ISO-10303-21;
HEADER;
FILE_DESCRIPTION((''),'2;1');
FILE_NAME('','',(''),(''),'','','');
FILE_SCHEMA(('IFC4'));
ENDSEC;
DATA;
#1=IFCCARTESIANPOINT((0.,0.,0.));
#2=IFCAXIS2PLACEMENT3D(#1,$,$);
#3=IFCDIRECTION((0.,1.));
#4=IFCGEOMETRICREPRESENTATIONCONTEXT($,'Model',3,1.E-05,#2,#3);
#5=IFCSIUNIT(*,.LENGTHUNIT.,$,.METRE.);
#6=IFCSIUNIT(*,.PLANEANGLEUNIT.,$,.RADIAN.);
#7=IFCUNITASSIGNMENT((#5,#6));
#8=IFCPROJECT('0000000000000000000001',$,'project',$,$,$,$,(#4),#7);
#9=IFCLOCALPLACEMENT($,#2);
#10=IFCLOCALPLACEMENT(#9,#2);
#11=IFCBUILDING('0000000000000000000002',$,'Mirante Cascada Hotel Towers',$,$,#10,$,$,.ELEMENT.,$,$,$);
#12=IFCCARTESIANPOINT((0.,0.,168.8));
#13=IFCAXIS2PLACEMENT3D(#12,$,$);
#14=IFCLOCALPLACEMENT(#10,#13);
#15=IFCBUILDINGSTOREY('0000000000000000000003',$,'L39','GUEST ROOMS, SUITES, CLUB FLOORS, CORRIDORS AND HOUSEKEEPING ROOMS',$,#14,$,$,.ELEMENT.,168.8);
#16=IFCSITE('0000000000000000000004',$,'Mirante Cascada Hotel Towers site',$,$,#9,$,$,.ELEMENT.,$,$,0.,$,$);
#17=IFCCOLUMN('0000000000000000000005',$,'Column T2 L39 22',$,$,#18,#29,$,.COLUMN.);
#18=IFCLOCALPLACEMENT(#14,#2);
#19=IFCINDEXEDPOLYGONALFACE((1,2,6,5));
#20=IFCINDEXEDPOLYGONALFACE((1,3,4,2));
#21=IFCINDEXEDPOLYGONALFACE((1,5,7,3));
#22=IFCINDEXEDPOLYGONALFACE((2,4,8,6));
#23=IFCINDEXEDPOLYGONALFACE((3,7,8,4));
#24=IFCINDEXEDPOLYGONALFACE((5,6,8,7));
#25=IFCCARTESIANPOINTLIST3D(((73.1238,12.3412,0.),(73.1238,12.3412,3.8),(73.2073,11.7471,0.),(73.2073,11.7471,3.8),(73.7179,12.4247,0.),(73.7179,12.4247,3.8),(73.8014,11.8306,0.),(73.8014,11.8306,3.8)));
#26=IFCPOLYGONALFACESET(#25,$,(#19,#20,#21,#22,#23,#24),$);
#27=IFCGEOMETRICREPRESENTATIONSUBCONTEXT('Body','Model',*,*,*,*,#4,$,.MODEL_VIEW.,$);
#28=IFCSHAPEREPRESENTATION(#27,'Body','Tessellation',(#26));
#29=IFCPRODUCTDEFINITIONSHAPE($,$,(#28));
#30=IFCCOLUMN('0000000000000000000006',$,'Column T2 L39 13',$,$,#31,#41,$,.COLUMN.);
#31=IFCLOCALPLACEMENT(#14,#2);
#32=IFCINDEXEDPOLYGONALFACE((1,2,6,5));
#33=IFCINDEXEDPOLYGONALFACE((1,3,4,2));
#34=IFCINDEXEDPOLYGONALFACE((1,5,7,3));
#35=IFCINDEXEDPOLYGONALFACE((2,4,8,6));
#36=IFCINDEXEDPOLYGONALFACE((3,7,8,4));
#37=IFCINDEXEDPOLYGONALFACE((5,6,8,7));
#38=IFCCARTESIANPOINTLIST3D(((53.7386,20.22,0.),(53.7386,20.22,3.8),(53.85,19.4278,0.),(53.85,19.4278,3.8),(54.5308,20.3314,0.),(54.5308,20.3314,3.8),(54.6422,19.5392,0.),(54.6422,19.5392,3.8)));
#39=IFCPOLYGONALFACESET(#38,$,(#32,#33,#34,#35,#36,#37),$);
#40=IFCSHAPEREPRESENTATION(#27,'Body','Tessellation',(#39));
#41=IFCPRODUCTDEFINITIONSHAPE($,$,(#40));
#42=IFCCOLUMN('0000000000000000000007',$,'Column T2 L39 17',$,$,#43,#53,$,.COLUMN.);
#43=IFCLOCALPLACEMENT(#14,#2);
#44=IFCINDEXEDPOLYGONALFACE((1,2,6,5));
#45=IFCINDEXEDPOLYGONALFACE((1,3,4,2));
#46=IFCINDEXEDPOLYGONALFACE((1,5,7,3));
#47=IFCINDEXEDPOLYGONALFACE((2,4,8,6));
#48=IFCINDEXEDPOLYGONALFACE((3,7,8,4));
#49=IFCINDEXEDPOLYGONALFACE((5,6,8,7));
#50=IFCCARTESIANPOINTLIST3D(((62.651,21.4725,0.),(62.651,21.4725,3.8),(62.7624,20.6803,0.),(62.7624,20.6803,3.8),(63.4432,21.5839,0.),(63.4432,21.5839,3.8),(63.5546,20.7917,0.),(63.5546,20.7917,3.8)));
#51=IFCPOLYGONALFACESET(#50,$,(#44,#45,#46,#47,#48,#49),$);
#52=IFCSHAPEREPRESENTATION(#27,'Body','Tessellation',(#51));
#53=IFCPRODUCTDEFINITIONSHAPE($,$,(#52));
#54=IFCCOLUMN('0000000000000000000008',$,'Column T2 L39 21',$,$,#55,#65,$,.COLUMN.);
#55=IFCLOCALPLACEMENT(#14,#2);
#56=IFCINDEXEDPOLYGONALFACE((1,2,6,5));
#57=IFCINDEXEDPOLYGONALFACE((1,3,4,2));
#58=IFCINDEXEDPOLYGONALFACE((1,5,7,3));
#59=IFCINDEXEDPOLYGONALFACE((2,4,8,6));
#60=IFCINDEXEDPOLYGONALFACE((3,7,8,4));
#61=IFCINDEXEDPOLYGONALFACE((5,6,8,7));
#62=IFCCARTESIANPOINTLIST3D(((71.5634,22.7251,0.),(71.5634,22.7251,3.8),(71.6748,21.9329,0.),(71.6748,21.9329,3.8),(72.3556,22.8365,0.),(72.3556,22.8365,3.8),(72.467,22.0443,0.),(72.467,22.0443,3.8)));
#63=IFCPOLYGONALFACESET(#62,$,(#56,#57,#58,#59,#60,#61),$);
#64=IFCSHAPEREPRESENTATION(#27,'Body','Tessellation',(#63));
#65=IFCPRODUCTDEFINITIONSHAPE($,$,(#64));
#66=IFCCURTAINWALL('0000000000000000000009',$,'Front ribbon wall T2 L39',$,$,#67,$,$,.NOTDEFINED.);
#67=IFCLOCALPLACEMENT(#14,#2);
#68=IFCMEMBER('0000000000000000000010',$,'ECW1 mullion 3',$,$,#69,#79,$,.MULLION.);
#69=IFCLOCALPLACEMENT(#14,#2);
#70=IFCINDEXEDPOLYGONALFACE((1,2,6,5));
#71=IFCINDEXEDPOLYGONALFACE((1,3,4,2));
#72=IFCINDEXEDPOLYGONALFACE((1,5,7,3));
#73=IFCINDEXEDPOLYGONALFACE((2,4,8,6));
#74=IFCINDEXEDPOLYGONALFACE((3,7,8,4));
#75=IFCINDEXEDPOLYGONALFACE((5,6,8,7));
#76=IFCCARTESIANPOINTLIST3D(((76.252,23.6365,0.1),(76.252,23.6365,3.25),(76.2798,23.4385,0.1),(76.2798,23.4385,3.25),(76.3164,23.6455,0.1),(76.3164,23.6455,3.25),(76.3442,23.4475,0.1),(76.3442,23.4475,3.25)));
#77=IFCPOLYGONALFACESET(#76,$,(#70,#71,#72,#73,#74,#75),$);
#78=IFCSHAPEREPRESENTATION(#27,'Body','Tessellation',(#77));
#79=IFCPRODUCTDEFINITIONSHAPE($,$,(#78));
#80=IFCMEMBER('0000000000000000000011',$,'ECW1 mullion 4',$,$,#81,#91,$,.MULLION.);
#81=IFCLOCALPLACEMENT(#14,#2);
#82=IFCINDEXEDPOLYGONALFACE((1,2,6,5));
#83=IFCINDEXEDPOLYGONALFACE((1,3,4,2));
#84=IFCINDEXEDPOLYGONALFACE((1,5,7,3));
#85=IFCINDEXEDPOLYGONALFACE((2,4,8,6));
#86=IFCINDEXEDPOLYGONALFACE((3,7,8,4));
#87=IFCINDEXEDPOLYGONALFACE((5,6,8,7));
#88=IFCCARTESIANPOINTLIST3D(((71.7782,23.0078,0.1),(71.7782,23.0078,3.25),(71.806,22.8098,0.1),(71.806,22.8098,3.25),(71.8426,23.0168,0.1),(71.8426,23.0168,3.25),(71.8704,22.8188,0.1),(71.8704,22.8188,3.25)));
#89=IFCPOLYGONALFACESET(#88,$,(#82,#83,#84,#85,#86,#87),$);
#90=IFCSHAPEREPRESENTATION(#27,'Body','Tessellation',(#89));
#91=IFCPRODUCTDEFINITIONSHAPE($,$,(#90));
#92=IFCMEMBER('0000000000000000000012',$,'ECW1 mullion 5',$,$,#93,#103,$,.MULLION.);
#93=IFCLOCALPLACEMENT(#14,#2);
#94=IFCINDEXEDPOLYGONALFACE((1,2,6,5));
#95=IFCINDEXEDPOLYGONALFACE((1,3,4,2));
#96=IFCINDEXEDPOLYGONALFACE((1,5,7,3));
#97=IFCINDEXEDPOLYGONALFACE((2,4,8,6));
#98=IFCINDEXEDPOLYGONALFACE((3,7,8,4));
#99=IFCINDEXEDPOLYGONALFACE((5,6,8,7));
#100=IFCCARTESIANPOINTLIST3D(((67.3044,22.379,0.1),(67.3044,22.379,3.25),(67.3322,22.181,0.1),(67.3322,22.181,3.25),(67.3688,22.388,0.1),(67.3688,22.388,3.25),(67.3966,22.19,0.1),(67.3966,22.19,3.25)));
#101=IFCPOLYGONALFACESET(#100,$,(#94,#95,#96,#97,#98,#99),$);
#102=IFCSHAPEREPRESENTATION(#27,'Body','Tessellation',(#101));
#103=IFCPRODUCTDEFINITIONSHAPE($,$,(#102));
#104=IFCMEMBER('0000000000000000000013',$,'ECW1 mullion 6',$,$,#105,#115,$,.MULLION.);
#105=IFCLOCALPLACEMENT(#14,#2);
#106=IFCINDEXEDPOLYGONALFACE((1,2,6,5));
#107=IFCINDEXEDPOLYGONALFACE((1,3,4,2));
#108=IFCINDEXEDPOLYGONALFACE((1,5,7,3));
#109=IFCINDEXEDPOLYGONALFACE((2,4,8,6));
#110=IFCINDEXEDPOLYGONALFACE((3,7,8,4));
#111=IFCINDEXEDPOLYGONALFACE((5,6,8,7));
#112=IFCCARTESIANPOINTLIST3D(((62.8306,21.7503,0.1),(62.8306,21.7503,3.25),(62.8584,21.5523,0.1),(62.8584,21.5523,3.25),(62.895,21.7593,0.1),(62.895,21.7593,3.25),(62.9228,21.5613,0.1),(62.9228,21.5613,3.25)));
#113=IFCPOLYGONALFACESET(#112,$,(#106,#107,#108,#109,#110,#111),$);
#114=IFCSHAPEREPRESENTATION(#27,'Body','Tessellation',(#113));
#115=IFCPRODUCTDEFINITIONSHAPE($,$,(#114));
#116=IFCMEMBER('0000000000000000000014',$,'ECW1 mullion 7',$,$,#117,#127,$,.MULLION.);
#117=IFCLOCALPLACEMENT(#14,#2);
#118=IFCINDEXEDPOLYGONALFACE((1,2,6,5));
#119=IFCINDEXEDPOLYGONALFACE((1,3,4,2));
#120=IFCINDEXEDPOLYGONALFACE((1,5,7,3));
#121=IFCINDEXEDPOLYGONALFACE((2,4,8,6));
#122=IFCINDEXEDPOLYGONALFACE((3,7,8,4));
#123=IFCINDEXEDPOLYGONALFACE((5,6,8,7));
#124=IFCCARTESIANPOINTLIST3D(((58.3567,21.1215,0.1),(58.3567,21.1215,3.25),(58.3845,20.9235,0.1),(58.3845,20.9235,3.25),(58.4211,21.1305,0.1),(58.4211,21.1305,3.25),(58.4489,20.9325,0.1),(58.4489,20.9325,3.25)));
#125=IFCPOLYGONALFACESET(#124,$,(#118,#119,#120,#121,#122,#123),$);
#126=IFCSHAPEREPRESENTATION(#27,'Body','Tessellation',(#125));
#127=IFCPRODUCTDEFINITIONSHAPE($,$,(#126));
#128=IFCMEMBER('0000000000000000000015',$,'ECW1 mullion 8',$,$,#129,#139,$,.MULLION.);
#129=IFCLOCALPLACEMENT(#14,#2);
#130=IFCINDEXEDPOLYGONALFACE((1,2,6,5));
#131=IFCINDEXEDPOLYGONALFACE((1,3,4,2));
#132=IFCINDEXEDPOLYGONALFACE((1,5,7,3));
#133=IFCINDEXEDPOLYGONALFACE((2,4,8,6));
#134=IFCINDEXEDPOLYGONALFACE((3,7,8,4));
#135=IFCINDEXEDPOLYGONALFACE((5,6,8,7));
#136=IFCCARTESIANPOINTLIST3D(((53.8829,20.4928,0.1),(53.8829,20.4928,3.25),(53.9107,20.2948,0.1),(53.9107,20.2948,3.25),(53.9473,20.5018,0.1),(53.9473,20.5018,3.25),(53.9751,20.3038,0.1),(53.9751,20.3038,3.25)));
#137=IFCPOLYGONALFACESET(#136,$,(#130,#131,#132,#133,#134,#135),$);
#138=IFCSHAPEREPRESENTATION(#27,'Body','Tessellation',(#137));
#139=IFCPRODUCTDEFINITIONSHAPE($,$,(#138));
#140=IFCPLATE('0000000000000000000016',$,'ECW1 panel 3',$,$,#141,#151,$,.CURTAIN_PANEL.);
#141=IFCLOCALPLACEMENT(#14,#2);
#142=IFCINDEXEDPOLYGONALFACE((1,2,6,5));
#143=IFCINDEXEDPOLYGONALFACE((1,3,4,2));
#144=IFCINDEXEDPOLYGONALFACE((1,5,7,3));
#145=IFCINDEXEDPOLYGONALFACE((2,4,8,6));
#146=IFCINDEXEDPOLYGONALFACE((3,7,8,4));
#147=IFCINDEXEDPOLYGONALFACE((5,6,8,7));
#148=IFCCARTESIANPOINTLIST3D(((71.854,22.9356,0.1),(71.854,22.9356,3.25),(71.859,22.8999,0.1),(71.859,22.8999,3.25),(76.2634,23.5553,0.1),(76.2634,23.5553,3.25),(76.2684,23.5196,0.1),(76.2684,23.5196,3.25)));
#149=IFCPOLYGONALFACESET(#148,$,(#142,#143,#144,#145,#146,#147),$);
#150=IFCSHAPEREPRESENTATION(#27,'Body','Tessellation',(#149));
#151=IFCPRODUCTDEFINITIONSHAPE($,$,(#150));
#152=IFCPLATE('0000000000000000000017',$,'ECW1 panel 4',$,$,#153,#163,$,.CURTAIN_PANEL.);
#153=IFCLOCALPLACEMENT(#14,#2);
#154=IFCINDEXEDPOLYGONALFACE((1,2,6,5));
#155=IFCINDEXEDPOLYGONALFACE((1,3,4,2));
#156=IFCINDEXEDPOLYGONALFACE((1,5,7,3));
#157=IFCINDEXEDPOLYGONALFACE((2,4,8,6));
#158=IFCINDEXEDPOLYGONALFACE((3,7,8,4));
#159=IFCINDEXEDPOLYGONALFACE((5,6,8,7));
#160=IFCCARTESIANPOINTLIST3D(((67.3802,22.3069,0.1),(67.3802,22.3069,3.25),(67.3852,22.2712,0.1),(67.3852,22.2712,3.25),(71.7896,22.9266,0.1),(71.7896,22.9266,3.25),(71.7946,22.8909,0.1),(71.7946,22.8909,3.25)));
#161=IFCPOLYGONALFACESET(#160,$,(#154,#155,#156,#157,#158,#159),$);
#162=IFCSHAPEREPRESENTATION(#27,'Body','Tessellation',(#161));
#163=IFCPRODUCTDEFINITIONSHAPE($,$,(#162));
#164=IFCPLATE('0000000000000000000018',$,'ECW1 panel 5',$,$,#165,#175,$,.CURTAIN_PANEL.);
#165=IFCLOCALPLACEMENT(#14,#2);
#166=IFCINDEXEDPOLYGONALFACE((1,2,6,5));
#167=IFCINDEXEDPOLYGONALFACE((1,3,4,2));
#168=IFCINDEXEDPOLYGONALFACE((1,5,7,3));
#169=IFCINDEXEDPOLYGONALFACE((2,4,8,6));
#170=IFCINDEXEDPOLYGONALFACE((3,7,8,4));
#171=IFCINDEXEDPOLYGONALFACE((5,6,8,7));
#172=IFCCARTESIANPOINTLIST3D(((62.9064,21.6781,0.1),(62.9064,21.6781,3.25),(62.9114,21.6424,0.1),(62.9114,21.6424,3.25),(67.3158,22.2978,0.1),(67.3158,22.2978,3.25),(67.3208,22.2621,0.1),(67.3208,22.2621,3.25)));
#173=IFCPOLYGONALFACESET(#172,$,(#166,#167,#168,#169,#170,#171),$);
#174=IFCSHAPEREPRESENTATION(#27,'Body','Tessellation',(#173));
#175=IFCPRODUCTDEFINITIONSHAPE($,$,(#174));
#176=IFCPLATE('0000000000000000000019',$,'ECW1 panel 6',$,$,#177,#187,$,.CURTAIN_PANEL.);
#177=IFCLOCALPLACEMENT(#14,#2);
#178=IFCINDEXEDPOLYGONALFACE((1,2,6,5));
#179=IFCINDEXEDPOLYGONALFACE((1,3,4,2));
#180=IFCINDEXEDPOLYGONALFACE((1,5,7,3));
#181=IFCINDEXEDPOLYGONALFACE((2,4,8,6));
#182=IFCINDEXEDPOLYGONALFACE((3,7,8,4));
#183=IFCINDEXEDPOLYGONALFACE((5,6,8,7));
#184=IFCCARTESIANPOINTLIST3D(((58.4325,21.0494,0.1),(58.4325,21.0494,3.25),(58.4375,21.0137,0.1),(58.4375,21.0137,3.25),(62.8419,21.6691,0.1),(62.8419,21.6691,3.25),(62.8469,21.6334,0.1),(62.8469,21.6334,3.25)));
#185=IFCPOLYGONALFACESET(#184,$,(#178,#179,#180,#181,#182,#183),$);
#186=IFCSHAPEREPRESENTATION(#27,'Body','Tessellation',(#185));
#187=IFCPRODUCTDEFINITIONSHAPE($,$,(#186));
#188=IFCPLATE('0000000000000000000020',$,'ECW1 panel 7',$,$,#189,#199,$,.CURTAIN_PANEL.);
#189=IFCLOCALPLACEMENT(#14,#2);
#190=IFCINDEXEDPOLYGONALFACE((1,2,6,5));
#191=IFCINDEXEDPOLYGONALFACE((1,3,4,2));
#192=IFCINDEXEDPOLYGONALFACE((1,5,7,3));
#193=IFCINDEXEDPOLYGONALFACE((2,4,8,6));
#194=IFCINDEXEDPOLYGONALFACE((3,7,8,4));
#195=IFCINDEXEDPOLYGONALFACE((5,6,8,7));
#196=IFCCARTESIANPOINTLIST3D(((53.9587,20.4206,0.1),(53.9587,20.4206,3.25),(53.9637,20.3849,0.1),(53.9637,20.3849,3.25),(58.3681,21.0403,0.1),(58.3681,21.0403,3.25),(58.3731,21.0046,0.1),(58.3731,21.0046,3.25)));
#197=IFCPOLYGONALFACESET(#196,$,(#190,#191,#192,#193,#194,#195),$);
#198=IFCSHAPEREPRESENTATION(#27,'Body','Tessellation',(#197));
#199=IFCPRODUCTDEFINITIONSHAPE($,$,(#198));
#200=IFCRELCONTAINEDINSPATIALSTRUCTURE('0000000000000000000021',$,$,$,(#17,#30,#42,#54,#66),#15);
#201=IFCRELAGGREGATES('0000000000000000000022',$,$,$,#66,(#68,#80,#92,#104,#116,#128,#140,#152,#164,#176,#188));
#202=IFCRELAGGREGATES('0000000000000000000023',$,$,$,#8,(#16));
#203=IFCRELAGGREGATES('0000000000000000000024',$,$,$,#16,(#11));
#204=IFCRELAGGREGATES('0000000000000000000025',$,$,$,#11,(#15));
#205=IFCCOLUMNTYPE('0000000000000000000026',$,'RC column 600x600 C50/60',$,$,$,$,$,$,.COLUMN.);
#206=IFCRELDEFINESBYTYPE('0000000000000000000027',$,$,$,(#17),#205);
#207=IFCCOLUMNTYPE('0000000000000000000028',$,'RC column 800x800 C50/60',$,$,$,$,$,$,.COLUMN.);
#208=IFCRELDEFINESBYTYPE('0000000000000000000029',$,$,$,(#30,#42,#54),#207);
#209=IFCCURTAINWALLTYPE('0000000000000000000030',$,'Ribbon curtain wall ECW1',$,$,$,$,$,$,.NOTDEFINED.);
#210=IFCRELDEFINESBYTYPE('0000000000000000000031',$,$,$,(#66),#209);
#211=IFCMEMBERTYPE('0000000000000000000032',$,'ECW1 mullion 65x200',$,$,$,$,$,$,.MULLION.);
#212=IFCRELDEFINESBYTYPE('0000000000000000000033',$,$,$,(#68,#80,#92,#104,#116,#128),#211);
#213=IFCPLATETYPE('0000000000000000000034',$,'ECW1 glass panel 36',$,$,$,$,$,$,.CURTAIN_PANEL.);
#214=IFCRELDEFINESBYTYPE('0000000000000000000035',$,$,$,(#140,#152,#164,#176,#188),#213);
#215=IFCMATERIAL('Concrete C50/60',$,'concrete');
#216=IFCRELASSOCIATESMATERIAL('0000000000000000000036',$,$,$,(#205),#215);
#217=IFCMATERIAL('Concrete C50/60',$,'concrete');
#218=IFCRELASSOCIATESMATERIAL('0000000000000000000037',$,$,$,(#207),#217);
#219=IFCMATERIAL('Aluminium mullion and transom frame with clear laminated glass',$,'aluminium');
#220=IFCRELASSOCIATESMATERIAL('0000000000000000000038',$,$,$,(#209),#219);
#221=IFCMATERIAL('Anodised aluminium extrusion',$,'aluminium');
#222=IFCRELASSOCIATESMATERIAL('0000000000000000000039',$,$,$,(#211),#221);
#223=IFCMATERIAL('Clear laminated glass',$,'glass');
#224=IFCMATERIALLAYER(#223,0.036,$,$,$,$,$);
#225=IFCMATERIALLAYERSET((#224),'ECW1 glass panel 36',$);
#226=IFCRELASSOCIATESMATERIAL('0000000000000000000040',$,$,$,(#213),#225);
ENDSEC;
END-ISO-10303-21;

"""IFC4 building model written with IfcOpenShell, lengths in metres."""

from ifc_helpers import new_model, si_unit, direction, frame, origin, origin_2d, place, context, subcontext, project, spatial, rectangle, extrude, material, layer, layer_set, material_profile, profile_set, type_object, element, aggregate, save


model = new_model("IFC4")

# Units and contexts
model_context = context("Model", 3, precision=1e-05, world=origin(), true_north=direction((0.0, 1.0)))
body_context = subcontext(model_context, "Body", "Model", "MODEL_VIEW")
ifc_project = project(units=[si_unit("LENGTHUNIT", "METRE"), si_unit("PLANEANGLEUNIT", "RADIAN")], contexts=[model_context])

# Site, building, storey
site_placement = place(None, origin())
site = spatial("IfcSite", under=ifc_project, at=site_placement, Name="Mirante Cascada Hotel Towers site", CompositionType="ELEMENT", RefElevation=0.0)
building_placement = place(site_placement, origin())
building = spatial("IfcBuilding", under=site, at=building_placement, Name="Mirante Cascada Hotel Towers", CompositionType="ELEMENT")
storey_placement = place(building_placement, frame((0.0, 0.0, 168.8)))
storey = spatial("IfcBuildingStorey", under=building, at=storey_placement, Name="L39", Description="GUEST ROOMS, SUITES, CLUB FLOORS, CORRIDORS AND HOUSEKEEPING ROOMS", CompositionType="ELEMENT", Elevation=168.8)

# Columns
ifc_material_1 = material(Name="Concrete C50/60", Category="concrete")
ifc_material_profile_1 = material_profile(ifc_material_1, rectangle(XDim=0.6, YDim=0.6, at=origin_2d()), Name="RC column 600x600 C50/60")
ifc_profile_set_1 = profile_set([ifc_material_profile_1], Name="Concrete C50/60")
column_type_1 = type_object("IfcColumnType", Name="RC column 600x600 C50/60", PredefinedType="COLUMN", material=ifc_profile_set_1)
column_placement = place(storey_placement, frame((73.4626, 12.0859, 0.0), z_axis=(0.0, 0.0, 1.0), x_axis=(0.990268, 0.139173, 0.0)))
element("IfcColumn", 1, at=column_placement, inside=storey, type_object=column_type_1, Name="Column T2 L39 22", PredefinedType="COLUMN", context=body_context, shape_type="SweptSolid", body=[
    extrude(rectangle(XDim=0.6, YDim=0.6, at=origin_2d()), origin(), (0.0, 0.0, 1.0), 3.8),
])
ifc_material_2 = material(Name="Concrete C50/60", Category="concrete")
ifc_material_profile_2 = material_profile(ifc_material_2, rectangle(XDim=0.8, YDim=0.8, at=origin_2d()), Name="RC column 800x800 C50/60")
ifc_profile_set_2 = profile_set([ifc_material_profile_2], Name="Concrete C50/60")
column_type_2 = type_object("IfcColumnType", Name="RC column 800x800 C50/60", PredefinedType="COLUMN", material=ifc_profile_set_2)
for number, where, z_axis, x_axis, name in (
    (2, (54.1904, 19.8796, 0.0), (0.0, 0.0, 1.0), (0.990268, 0.139173, 0.0), "Column T2 L39 13"),
    (3, (63.1028, 21.1321, 0.0), (0.0, 0.0, 1.0), (0.990268, 0.139173, 0.0), "Column T2 L39 17"),
    (4, (72.0152, 22.3847, 0.0), (0.0, 0.0, 1.0), (0.990268, 0.139173, 0.0), "Column T2 L39 21"),
):
    element("IfcColumn", number, at=place(storey_placement, frame(where, z_axis=z_axis, x_axis=x_axis)), inside=storey, type_object=column_type_2, Name=name, PredefinedType="COLUMN", context=body_context, shape_type="SweptSolid", body=[
        extrude(rectangle(XDim=0.8, YDim=0.8, at=origin_2d()), origin(), (0.0, 0.0, 1.0), 3.8),
    ])

# Curtain wall, members, plates
ifc_material_3 = material(Name="Aluminium mullion and transom frame with clear laminated glass", Category="aluminium")
curtain_wall_type = type_object("IfcCurtainWallType", Name="Ribbon curtain wall ECW1", PredefinedType="NOTDEFINED", material=ifc_material_3)
curtain_wall_placement = place(storey_placement, origin())
curtain_wall = element("IfcCurtainWall", 5, at=curtain_wall_placement, inside=storey, type_object=curtain_wall_type, Name="Front ribbon wall T2 L39", PredefinedType="NOTDEFINED")
ifc_material_4 = material(Name="Anodised aluminium extrusion", Category="aluminium")
ifc_material_profile_3 = material_profile(ifc_material_4, rectangle(XDim=0.2, YDim=0.065, at=origin_2d()), Name="ECW1 MULLION 65x200")
ifc_profile_set_3 = profile_set([ifc_material_profile_3], Name="Anodised aluminium extrusion")
member_type = type_object("IfcMemberType", Name="ECW1 mullion 65x200", PredefinedType="MULLION", material=ifc_profile_set_3)
member_1_placement = place(storey_placement, frame((76.2981, 23.542, 0.1), z_axis=(0.0, 0.0, 1.0), x_axis=(0.139173, -0.990268, 0.0)))
member_1 = element("IfcMember", 6, at=member_1_placement, type_object=member_type, Name="ECW1 mullion 3", PredefinedType="MULLION", context=body_context, shape_type="SweptSolid", body=[
    extrude(rectangle(XDim=0.2, YDim=0.065, at=origin_2d()), origin(), (0.0, 0.0, 1.0), 3.15),
])
member_2_placement = place(storey_placement, frame((71.8243, 22.9133, 0.1), z_axis=(0.0, 0.0, 1.0), x_axis=(0.139173, -0.990268, 0.0)))
member_2 = element("IfcMember", 7, at=member_2_placement, type_object=member_type, Name="ECW1 mullion 4", PredefinedType="MULLION", context=body_context, shape_type="SweptSolid", body=[
    extrude(rectangle(XDim=0.2, YDim=0.065, at=origin_2d()), origin(), (0.0, 0.0, 1.0), 3.15),
])
member_3_placement = place(storey_placement, frame((67.3505, 22.2845, 0.1), z_axis=(0.0, 0.0, 1.0), x_axis=(0.139173, -0.990268, 0.0)))
member_3 = element("IfcMember", 8, at=member_3_placement, type_object=member_type, Name="ECW1 mullion 5", PredefinedType="MULLION", context=body_context, shape_type="SweptSolid", body=[
    extrude(rectangle(XDim=0.2, YDim=0.065, at=origin_2d()), origin(), (0.0, 0.0, 1.0), 3.15),
])
member_4_placement = place(storey_placement, frame((62.8767, 21.6558, 0.1), z_axis=(0.0, 0.0, 1.0), x_axis=(0.139173, -0.990268, 0.0)))
member_4 = element("IfcMember", 9, at=member_4_placement, type_object=member_type, Name="ECW1 mullion 6", PredefinedType="MULLION", context=body_context, shape_type="SweptSolid", body=[
    extrude(rectangle(XDim=0.2, YDim=0.065, at=origin_2d()), origin(), (0.0, 0.0, 1.0), 3.15),
])
member_5_placement = place(storey_placement, frame((58.4028, 21.027, 0.1), z_axis=(0.0, 0.0, 1.0), x_axis=(0.139173, -0.990268, 0.0)))
member_5 = element("IfcMember", 10, at=member_5_placement, type_object=member_type, Name="ECW1 mullion 7", PredefinedType="MULLION", context=body_context, shape_type="SweptSolid", body=[
    extrude(rectangle(XDim=0.2, YDim=0.065, at=origin_2d()), origin(), (0.0, 0.0, 1.0), 3.15),
])
member_6_placement = place(storey_placement, frame((53.929, 20.3983, 0.1), z_axis=(0.0, 0.0, 1.0), x_axis=(0.139173, -0.990268, 0.0)))
member_6 = element("IfcMember", 11, at=member_6_placement, type_object=member_type, Name="ECW1 mullion 8", PredefinedType="MULLION", context=body_context, shape_type="SweptSolid", body=[
    extrude(rectangle(XDim=0.2, YDim=0.065, at=origin_2d()), origin(), (0.0, 0.0, 1.0), 3.15),
])
ifc_material_5 = material(Name="Clear laminated glass", Category="glass")
ifc_layer_1 = layer(ifc_material_5, 0.036)
ifc_layer_set_1 = layer_set([ifc_layer_1], Name="ECW1 glass panel 36")
plate_type = type_object("IfcPlateType", Name="ECW1 glass panel 36", PredefinedType="CURTAIN_PANEL", material=ifc_layer_set_1)
plate_1_placement = place(storey_placement, frame((74.0612, 23.2276, 0.1), z_axis=(0.0, 0.0, 1.0), x_axis=(-0.990268, -0.139173, 0.0)))
plate_1 = element("IfcPlate", 12, at=plate_1_placement, type_object=plate_type, Name="ECW1 panel 3", PredefinedType="CURTAIN_PANEL", context=body_context, shape_type="SweptSolid", body=[
    extrude(rectangle(XDim=4.4528, YDim=0.036, at=origin_2d()), origin(), (0.0, 0.0, 1.0), 3.15),
])
plate_2_placement = place(storey_placement, frame((69.5874, 22.5989, 0.1), z_axis=(0.0, 0.0, 1.0), x_axis=(-0.990268, -0.139173, 0.0)))
plate_2 = element("IfcPlate", 13, at=plate_2_placement, type_object=plate_type, Name="ECW1 panel 4", PredefinedType="CURTAIN_PANEL", context=body_context, shape_type="SweptSolid", body=[
    extrude(rectangle(XDim=4.4528, YDim=0.036, at=origin_2d()), origin(), (0.0, 0.0, 1.0), 3.15),
])
plate_3_placement = place(storey_placement, frame((65.1136, 21.9701, 0.1), z_axis=(0.0, 0.0, 1.0), x_axis=(-0.990268, -0.139173, 0.0)))
plate_3 = element("IfcPlate", 14, at=plate_3_placement, type_object=plate_type, Name="ECW1 panel 5", PredefinedType="CURTAIN_PANEL", context=body_context, shape_type="SweptSolid", body=[
    extrude(rectangle(XDim=4.4528, YDim=0.036, at=origin_2d()), origin(), (0.0, 0.0, 1.0), 3.15),
])
plate_4_placement = place(storey_placement, frame((60.6397, 21.3414, 0.1), z_axis=(0.0, 0.0, 1.0), x_axis=(-0.990268, -0.139173, 0.0)))
plate_4 = element("IfcPlate", 15, at=plate_4_placement, type_object=plate_type, Name="ECW1 panel 6", PredefinedType="CURTAIN_PANEL", context=body_context, shape_type="SweptSolid", body=[
    extrude(rectangle(XDim=4.4528, YDim=0.036, at=origin_2d()), origin(), (0.0, 0.0, 1.0), 3.15),
])
plate_5_placement = place(storey_placement, frame((56.1659, 20.7126, 0.1), z_axis=(0.0, 0.0, 1.0), x_axis=(-0.990268, -0.139173, 0.0)))
plate_5 = element("IfcPlate", 16, at=plate_5_placement, type_object=plate_type, Name="ECW1 panel 7", PredefinedType="CURTAIN_PANEL", context=body_context, shape_type="SweptSolid", body=[
    extrude(rectangle(XDim=4.4528, YDim=0.036, at=origin_2d()), origin(), (0.0, 0.0, 1.0), 3.15),
])
aggregate(curtain_wall, [member_1, member_2, member_3, member_4, member_5, member_6, plate_1, plate_2, plate_3, plate_4, plate_5])

save(model, "model.ifc")
